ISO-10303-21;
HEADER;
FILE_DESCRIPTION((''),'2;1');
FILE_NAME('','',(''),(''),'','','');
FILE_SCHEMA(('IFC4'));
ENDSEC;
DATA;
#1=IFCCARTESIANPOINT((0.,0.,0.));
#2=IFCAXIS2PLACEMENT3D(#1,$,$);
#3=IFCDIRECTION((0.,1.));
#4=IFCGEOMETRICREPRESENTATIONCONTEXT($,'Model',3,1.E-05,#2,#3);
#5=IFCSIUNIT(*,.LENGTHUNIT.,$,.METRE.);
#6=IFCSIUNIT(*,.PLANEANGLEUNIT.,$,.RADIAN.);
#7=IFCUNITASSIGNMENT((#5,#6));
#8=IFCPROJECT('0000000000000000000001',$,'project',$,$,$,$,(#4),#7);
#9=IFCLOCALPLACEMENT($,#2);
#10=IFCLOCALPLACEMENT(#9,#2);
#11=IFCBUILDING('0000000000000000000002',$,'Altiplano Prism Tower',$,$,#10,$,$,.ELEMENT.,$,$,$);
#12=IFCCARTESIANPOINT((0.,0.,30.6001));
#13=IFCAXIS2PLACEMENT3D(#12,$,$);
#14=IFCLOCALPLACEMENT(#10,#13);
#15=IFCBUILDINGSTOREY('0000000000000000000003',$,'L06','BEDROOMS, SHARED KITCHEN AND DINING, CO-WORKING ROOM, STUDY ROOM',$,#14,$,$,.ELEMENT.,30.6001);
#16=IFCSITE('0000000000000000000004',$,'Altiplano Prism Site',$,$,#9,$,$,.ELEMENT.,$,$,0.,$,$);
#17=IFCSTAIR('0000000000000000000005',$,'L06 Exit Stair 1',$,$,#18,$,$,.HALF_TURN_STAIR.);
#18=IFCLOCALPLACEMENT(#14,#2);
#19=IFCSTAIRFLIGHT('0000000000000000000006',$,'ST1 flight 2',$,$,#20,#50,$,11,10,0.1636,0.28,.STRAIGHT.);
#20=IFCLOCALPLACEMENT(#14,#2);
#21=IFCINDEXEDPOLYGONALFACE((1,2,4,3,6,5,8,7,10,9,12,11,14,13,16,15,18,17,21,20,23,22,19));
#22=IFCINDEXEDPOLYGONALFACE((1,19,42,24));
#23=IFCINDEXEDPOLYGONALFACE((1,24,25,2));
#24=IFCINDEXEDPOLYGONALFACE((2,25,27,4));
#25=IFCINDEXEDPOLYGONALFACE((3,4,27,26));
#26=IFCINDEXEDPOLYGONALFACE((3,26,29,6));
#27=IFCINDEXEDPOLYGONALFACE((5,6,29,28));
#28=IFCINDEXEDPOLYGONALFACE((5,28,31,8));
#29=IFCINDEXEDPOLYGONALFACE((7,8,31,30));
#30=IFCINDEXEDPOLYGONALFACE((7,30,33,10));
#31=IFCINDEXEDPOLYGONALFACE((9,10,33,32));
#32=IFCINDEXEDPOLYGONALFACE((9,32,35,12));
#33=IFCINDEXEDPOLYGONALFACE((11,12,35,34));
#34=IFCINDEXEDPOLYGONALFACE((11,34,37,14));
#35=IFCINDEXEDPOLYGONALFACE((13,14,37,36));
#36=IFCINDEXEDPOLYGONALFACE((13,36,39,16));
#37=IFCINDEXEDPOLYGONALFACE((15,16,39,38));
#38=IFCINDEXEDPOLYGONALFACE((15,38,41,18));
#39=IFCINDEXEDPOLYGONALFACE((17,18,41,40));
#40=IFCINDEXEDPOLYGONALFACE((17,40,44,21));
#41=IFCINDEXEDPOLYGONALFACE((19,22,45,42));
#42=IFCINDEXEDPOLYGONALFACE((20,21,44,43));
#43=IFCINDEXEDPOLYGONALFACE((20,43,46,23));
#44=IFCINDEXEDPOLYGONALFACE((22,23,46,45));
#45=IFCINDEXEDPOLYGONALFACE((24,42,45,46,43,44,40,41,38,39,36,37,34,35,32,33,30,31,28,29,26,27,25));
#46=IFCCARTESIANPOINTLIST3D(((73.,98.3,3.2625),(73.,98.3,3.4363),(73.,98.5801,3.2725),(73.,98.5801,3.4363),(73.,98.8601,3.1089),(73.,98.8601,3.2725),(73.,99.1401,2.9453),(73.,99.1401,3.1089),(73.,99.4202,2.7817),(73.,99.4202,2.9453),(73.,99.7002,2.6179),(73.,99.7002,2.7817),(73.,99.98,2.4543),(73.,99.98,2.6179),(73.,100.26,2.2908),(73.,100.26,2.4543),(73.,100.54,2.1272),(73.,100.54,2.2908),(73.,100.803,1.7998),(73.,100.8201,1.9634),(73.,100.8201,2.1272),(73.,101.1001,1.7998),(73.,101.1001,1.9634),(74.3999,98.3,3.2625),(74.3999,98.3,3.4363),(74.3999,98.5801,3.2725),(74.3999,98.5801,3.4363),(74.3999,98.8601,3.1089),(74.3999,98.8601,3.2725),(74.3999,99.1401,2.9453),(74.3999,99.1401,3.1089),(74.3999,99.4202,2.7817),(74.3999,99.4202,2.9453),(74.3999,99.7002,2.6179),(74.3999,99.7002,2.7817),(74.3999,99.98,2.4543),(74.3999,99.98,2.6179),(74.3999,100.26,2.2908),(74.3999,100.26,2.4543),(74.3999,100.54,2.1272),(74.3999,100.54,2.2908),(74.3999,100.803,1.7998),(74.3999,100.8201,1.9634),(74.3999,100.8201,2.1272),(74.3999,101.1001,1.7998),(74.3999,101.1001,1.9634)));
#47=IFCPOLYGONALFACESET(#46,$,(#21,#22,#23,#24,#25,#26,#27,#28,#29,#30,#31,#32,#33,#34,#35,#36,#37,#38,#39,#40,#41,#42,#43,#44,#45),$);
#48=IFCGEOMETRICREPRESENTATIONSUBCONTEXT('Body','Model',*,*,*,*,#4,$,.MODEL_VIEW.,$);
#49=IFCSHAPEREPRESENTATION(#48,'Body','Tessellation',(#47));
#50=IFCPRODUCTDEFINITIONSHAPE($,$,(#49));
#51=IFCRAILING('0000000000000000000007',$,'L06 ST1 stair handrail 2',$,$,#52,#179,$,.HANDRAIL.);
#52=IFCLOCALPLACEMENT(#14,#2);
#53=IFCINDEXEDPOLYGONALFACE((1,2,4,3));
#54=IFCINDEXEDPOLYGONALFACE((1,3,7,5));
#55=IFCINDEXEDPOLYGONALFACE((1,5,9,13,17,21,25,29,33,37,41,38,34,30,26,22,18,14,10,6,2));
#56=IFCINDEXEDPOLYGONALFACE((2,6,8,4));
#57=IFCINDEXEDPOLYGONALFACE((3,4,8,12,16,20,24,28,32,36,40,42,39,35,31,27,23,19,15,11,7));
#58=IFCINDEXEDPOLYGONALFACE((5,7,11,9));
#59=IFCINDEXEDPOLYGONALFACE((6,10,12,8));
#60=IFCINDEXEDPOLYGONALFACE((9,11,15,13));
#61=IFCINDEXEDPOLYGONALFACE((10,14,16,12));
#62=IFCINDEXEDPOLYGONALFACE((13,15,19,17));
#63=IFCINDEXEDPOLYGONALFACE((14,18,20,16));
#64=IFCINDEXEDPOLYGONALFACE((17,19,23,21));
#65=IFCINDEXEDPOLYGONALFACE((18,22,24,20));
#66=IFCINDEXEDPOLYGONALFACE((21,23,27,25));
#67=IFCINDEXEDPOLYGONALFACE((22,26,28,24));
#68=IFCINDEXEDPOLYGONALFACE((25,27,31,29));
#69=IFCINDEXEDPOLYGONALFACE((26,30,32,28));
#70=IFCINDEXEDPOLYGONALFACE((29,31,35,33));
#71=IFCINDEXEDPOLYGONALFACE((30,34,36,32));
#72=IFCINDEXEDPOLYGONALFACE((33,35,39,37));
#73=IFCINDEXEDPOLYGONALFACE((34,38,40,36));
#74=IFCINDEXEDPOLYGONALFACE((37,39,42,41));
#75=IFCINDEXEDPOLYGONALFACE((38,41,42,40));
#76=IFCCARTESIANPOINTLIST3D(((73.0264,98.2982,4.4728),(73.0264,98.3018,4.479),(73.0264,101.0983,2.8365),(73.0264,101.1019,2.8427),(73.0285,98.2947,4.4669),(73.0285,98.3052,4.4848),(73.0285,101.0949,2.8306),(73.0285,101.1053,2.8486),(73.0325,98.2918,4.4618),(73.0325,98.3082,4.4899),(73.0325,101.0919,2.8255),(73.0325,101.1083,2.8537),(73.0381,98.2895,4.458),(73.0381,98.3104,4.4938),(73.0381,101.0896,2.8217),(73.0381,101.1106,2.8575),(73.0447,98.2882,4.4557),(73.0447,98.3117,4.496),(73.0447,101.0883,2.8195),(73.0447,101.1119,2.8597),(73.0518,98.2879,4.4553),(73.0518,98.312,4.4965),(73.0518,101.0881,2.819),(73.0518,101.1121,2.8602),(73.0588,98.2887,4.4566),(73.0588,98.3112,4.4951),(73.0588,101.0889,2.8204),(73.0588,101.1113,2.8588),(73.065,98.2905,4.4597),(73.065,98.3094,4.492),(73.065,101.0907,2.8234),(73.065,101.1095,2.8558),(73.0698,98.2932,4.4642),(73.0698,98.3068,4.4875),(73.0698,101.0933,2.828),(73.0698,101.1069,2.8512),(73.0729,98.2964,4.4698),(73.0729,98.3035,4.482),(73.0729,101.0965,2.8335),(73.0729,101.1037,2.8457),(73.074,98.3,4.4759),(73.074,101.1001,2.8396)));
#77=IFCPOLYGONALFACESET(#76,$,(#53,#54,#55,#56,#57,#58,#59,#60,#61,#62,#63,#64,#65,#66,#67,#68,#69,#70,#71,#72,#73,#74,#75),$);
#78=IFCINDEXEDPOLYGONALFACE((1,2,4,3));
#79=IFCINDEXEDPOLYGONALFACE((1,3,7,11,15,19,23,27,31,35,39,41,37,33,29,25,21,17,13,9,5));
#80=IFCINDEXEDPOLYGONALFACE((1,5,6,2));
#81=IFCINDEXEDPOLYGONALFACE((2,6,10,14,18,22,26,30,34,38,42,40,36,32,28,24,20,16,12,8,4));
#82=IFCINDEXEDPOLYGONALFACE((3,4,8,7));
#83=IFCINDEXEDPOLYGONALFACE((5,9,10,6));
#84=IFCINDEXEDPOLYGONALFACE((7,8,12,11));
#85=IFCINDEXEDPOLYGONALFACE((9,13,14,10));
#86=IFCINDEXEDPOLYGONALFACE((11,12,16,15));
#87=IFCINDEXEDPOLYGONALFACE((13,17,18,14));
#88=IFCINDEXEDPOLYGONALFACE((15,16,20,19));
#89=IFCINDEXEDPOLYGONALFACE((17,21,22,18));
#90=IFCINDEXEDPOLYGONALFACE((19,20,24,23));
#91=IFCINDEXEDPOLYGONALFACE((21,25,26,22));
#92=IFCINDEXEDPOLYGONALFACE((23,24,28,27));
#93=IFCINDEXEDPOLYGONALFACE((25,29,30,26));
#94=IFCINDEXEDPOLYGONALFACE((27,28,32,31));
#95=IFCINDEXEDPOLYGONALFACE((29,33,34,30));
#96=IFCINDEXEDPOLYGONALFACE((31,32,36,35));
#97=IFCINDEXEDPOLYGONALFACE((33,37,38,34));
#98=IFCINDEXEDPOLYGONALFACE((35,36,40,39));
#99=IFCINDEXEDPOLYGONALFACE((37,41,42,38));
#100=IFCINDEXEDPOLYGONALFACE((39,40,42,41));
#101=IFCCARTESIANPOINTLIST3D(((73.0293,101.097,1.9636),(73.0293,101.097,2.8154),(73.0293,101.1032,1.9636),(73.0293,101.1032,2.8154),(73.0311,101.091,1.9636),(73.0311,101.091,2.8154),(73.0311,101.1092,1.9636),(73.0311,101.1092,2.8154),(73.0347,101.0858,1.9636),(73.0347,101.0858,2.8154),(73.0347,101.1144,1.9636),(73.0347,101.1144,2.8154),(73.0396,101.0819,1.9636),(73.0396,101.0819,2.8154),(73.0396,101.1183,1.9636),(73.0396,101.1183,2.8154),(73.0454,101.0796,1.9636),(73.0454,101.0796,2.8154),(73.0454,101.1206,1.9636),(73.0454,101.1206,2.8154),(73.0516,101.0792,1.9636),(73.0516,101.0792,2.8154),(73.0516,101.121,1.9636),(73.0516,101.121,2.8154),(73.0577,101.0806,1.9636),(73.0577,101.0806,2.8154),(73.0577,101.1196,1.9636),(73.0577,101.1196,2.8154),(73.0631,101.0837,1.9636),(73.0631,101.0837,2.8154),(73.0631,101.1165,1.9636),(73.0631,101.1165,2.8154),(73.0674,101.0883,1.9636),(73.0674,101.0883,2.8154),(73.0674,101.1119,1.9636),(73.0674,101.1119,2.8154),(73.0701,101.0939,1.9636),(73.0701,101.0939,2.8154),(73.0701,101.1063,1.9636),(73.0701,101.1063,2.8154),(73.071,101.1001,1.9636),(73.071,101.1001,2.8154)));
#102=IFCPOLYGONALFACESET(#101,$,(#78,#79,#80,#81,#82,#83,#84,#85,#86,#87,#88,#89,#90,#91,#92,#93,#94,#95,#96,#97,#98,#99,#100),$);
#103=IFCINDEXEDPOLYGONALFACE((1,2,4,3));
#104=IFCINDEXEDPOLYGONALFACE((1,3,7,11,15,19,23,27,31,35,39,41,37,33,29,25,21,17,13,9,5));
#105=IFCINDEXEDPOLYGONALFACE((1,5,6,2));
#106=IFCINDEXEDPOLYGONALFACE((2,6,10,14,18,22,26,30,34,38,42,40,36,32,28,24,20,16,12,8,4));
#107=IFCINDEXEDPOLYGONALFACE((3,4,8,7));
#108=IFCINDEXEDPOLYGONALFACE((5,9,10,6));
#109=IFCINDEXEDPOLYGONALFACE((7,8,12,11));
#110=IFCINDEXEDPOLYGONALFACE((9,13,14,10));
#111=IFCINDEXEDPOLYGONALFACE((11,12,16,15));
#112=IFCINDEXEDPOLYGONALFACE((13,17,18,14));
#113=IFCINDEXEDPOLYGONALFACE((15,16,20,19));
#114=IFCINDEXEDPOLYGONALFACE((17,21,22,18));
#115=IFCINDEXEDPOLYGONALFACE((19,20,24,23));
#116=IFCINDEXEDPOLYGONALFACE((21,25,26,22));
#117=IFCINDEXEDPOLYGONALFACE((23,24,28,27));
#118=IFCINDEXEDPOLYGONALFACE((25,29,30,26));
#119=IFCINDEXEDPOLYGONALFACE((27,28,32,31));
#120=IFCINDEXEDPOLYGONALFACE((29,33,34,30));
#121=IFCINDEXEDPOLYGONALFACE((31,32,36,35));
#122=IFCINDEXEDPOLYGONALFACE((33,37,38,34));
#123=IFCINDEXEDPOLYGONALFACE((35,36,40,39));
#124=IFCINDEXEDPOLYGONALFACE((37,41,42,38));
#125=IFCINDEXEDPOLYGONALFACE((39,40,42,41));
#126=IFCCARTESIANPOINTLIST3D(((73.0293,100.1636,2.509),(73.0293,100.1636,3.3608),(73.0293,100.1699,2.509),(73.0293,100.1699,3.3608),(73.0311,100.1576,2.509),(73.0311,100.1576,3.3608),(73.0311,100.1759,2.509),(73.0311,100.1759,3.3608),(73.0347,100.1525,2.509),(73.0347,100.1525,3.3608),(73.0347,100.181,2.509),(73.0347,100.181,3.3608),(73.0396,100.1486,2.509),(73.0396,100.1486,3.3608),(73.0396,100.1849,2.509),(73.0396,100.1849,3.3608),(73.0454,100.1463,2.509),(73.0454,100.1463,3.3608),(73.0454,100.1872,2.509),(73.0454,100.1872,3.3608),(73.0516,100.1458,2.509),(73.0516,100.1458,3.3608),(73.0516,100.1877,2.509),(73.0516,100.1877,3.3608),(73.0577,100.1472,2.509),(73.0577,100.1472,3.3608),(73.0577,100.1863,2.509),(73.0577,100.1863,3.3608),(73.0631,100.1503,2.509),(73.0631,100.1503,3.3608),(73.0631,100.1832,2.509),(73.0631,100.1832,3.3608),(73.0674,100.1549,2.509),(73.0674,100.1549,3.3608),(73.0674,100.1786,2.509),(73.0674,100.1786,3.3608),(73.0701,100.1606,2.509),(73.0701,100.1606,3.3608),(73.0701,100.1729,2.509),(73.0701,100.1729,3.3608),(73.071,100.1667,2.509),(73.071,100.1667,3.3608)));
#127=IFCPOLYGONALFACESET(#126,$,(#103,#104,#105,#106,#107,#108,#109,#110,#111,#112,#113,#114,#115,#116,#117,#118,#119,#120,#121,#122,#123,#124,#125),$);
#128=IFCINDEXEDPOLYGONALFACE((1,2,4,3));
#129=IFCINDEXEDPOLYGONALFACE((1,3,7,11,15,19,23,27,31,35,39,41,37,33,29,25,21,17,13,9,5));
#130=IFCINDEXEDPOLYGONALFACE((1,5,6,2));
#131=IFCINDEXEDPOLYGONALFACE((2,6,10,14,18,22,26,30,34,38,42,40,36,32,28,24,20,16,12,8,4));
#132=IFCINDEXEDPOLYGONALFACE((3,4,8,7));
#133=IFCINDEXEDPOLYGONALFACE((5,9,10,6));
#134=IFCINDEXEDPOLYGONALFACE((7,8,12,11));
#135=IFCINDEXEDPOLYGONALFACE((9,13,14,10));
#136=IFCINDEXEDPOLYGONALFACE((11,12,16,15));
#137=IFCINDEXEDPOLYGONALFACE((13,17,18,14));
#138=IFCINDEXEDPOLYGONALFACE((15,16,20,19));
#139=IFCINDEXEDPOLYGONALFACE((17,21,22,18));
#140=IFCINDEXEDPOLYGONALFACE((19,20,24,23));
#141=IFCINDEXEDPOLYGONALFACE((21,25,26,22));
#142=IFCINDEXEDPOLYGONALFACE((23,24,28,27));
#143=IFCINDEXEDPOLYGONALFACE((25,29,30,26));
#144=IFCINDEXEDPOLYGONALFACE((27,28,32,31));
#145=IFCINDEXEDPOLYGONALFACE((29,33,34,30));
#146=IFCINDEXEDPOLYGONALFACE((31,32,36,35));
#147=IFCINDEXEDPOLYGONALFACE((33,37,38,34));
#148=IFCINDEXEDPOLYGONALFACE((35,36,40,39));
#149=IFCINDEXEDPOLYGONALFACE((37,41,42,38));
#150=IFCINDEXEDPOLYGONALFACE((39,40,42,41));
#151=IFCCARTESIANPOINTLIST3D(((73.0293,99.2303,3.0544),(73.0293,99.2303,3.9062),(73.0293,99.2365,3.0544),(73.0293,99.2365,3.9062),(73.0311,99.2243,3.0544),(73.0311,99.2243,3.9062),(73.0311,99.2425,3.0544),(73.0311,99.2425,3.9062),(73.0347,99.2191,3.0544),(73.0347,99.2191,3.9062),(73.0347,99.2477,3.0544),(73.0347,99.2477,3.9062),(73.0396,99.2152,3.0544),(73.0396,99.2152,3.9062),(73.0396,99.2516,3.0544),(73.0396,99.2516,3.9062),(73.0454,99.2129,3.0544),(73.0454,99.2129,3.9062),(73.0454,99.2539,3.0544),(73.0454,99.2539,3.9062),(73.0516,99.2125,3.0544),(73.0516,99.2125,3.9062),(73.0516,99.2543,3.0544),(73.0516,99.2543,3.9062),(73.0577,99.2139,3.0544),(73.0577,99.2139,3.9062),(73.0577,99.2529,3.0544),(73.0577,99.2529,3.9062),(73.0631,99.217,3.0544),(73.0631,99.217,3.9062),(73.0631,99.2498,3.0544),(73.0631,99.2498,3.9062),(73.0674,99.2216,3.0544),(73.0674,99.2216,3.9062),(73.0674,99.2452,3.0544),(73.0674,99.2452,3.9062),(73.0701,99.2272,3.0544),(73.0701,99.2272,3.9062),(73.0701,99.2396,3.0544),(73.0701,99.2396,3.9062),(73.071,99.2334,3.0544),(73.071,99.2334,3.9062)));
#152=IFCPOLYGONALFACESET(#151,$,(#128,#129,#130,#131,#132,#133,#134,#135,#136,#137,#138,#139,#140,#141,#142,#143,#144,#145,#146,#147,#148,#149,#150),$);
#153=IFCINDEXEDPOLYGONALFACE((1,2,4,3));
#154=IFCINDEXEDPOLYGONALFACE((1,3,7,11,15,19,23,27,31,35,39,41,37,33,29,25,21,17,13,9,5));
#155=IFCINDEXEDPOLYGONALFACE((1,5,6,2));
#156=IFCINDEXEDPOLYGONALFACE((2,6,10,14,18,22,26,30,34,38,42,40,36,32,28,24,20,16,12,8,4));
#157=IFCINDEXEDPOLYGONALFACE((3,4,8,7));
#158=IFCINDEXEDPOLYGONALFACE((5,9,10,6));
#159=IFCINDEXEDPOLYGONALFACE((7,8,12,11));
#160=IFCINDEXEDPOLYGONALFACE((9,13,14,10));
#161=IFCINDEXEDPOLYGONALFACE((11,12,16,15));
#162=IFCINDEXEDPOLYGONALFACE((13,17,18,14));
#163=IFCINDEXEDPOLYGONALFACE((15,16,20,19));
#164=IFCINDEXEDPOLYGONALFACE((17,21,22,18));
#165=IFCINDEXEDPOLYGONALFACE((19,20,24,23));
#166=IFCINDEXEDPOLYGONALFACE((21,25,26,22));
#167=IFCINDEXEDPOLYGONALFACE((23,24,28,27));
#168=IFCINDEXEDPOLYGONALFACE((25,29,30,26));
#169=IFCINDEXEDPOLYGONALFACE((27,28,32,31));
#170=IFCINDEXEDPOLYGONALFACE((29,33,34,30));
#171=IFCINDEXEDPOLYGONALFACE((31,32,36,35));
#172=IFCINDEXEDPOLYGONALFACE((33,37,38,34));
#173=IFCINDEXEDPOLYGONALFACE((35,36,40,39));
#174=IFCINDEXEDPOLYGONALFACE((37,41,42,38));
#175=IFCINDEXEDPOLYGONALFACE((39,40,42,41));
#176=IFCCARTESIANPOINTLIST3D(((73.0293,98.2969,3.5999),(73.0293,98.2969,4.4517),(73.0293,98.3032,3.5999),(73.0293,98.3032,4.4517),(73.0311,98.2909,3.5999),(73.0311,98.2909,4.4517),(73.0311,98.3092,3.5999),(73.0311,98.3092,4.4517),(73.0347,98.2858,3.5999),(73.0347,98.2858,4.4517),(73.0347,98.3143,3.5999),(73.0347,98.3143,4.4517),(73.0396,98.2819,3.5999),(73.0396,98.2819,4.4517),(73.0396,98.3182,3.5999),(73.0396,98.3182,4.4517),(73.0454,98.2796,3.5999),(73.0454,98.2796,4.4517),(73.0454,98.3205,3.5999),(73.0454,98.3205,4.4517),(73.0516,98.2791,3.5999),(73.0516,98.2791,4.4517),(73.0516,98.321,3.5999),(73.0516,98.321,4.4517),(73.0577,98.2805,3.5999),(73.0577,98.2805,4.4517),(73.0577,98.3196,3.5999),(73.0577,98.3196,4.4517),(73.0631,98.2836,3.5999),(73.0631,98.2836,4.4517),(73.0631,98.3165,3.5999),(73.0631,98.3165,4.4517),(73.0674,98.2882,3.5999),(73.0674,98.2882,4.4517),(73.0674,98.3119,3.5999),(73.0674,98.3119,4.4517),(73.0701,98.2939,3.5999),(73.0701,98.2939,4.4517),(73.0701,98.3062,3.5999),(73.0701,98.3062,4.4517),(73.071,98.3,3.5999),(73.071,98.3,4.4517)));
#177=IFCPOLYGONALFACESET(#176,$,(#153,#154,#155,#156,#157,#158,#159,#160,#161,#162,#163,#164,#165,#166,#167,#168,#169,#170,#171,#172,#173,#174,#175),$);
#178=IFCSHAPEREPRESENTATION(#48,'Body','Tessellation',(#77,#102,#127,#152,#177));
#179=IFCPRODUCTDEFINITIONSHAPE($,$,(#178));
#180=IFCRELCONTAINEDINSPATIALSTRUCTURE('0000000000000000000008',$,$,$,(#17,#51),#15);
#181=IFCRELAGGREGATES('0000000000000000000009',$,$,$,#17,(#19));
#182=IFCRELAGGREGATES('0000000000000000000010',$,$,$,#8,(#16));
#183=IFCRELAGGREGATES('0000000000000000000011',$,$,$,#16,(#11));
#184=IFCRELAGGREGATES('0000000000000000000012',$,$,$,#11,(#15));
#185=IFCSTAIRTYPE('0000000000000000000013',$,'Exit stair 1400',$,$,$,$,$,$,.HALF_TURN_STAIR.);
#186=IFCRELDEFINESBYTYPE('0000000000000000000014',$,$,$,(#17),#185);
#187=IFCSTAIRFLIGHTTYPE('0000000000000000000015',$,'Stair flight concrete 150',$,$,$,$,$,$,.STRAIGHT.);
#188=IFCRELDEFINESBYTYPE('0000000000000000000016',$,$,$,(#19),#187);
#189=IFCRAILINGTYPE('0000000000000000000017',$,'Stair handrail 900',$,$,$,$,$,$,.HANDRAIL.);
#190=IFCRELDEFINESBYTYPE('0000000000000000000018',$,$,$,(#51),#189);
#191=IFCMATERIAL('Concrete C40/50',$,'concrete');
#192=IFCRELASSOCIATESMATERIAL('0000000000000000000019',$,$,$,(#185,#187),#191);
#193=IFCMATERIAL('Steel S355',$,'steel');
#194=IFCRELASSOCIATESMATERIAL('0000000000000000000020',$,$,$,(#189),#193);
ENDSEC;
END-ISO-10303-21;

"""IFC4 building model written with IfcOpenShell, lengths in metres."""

from ifc_helpers import new_model, si_unit, direction, frame, origin, origin_2d, place, context, subcontext, project, spatial, polyline, circle, outline, extrude, material, type_object, element, aggregate, save


model = new_model("IFC4")

# Units and contexts
model_context = context("Model", 3, precision=1e-05, world=origin(), true_north=direction((0.0, 1.0)))
body_context = subcontext(model_context, "Body", "Model", "MODEL_VIEW")
ifc_project = project(units=[si_unit("LENGTHUNIT", "METRE"), si_unit("PLANEANGLEUNIT", "RADIAN")], contexts=[model_context])

# Site, building, storey
site_placement = place(None, origin())
site = spatial("IfcSite", under=ifc_project, at=site_placement, Name="Altiplano Prism Site", CompositionType="ELEMENT", RefElevation=0.0)
building_placement = place(site_placement, origin())
building = spatial("IfcBuilding", under=site, at=building_placement, Name="Altiplano Prism Tower", CompositionType="ELEMENT")
storey_placement = place(building_placement, frame((0.0, 0.0, 30.6001)))
storey = spatial("IfcBuildingStorey", under=building, at=storey_placement, Name="L06", Description="BEDROOMS, SHARED KITCHEN AND DINING, CO-WORKING ROOM, STUDY ROOM", CompositionType="ELEMENT", Elevation=30.6001)

# Stair, stair flight
ifc_material_1 = material(Name="Concrete C40/50", Category="concrete")
stair_type = type_object("IfcStairType", Name="Exit stair 1400", PredefinedType="HALF_TURN_STAIR", material=ifc_material_1)
stair_placement = place(storey_placement, origin())
stair = element("IfcStair", 1, at=stair_placement, inside=storey, type_object=stair_type, Name="L06 Exit Stair 1", PredefinedType="HALF_TURN_STAIR")
stair_flight_type = type_object("IfcStairFlightType", Name="Stair flight concrete 150", PredefinedType="STRAIGHT", material=ifc_material_1)
stair_flight_placement = place(storey_placement, frame((73.7, 101.1001, 1.7998), z_axis=(0.0, 0.0, 1.0), x_axis=(0.0, -1.0, 0.0)))
stair_flight = element("IfcStairFlight", 2, at=stair_flight_placement, type_object=stair_flight_type, Name="ST1 flight 2", NumberOfRisers=11, NumberOfTreads=10, PredefinedType="STRAIGHT", RiserHeight=0.1636, TreadLength=0.28, context=body_context, shape_type="SweptSolid", body=[
    extrude(outline(polyline([(0.0, 0.0), (0.0, 0.1636), (0.28, 0.1636), (0.28, 0.3274), (0.5601, 0.3274), (0.5601, 0.491), (0.8401, 0.491), (0.8401, 0.6545), (1.1201, 0.6545), (1.1201, 0.8181), (1.3999, 0.8181), (1.3999, 0.9819), (1.6799, 0.9819), (1.6799, 1.1455), (1.96, 1.1455), (1.96, 1.3091), (2.24, 1.3091), (2.24, 1.4727), (2.52, 1.4727), (2.52, 1.6365), (2.8, 1.6365), (2.8, 1.8), (2.8, 1.4626), (0.2971, 0.0), (0.0, 0.0)])), frame((0.0, 0.7, 0.0), z_axis=(0.0, -1.0, 0.0), x_axis=(1.0, 0.0, 0.0)), (0.0, 0.0, 1.0), 1.3999),
])
aggregate(stair, [stair_flight])

# Railing
ifc_material_2 = material(Name="Steel S355", Category="steel")
railing_type_1 = type_object("IfcRailingType", Name="Stair handrail 900", PredefinedType="HANDRAIL", material=ifc_material_2)
railing_1_placement = place(storey_placement, frame((73.05, 101.1001, 1.9636)))
element("IfcRailing", 3, at=railing_1_placement, inside=storey, type_object=railing_type_1, Name="L06 ST1 stair handrail 2", PredefinedType="HANDRAIL", context=body_context, shape_type="SweptSolid", body=[
    extrude(circle(Radius=0.0239, at=origin_2d()), frame((0.0, 0.0, 0.876), z_axis=(0.0, -0.863394, 0.504531), x_axis=(1.0, 0.0, 0.0)), (0.0, 0.0, 1.0), 3.2432),
    extrude(circle(Radius=0.021, at=origin_2d()), origin(), (0.0, 0.0, 1.0), 0.8518),
    extrude(circle(Radius=0.021, at=origin_2d()), frame((0.0, -0.9333, 0.5454)), (0.0, 0.0, 1.0), 0.8518),
    extrude(circle(Radius=0.021, at=origin_2d()), frame((0.0, -1.8667, 1.0908)), (0.0, 0.0, 1.0), 0.8518),
    extrude(circle(Radius=0.021, at=origin_2d()), frame((0.0, -2.8, 1.6362)), (0.0, 0.0, 1.0), 0.8518),
])

save(model, "model.ifc")
